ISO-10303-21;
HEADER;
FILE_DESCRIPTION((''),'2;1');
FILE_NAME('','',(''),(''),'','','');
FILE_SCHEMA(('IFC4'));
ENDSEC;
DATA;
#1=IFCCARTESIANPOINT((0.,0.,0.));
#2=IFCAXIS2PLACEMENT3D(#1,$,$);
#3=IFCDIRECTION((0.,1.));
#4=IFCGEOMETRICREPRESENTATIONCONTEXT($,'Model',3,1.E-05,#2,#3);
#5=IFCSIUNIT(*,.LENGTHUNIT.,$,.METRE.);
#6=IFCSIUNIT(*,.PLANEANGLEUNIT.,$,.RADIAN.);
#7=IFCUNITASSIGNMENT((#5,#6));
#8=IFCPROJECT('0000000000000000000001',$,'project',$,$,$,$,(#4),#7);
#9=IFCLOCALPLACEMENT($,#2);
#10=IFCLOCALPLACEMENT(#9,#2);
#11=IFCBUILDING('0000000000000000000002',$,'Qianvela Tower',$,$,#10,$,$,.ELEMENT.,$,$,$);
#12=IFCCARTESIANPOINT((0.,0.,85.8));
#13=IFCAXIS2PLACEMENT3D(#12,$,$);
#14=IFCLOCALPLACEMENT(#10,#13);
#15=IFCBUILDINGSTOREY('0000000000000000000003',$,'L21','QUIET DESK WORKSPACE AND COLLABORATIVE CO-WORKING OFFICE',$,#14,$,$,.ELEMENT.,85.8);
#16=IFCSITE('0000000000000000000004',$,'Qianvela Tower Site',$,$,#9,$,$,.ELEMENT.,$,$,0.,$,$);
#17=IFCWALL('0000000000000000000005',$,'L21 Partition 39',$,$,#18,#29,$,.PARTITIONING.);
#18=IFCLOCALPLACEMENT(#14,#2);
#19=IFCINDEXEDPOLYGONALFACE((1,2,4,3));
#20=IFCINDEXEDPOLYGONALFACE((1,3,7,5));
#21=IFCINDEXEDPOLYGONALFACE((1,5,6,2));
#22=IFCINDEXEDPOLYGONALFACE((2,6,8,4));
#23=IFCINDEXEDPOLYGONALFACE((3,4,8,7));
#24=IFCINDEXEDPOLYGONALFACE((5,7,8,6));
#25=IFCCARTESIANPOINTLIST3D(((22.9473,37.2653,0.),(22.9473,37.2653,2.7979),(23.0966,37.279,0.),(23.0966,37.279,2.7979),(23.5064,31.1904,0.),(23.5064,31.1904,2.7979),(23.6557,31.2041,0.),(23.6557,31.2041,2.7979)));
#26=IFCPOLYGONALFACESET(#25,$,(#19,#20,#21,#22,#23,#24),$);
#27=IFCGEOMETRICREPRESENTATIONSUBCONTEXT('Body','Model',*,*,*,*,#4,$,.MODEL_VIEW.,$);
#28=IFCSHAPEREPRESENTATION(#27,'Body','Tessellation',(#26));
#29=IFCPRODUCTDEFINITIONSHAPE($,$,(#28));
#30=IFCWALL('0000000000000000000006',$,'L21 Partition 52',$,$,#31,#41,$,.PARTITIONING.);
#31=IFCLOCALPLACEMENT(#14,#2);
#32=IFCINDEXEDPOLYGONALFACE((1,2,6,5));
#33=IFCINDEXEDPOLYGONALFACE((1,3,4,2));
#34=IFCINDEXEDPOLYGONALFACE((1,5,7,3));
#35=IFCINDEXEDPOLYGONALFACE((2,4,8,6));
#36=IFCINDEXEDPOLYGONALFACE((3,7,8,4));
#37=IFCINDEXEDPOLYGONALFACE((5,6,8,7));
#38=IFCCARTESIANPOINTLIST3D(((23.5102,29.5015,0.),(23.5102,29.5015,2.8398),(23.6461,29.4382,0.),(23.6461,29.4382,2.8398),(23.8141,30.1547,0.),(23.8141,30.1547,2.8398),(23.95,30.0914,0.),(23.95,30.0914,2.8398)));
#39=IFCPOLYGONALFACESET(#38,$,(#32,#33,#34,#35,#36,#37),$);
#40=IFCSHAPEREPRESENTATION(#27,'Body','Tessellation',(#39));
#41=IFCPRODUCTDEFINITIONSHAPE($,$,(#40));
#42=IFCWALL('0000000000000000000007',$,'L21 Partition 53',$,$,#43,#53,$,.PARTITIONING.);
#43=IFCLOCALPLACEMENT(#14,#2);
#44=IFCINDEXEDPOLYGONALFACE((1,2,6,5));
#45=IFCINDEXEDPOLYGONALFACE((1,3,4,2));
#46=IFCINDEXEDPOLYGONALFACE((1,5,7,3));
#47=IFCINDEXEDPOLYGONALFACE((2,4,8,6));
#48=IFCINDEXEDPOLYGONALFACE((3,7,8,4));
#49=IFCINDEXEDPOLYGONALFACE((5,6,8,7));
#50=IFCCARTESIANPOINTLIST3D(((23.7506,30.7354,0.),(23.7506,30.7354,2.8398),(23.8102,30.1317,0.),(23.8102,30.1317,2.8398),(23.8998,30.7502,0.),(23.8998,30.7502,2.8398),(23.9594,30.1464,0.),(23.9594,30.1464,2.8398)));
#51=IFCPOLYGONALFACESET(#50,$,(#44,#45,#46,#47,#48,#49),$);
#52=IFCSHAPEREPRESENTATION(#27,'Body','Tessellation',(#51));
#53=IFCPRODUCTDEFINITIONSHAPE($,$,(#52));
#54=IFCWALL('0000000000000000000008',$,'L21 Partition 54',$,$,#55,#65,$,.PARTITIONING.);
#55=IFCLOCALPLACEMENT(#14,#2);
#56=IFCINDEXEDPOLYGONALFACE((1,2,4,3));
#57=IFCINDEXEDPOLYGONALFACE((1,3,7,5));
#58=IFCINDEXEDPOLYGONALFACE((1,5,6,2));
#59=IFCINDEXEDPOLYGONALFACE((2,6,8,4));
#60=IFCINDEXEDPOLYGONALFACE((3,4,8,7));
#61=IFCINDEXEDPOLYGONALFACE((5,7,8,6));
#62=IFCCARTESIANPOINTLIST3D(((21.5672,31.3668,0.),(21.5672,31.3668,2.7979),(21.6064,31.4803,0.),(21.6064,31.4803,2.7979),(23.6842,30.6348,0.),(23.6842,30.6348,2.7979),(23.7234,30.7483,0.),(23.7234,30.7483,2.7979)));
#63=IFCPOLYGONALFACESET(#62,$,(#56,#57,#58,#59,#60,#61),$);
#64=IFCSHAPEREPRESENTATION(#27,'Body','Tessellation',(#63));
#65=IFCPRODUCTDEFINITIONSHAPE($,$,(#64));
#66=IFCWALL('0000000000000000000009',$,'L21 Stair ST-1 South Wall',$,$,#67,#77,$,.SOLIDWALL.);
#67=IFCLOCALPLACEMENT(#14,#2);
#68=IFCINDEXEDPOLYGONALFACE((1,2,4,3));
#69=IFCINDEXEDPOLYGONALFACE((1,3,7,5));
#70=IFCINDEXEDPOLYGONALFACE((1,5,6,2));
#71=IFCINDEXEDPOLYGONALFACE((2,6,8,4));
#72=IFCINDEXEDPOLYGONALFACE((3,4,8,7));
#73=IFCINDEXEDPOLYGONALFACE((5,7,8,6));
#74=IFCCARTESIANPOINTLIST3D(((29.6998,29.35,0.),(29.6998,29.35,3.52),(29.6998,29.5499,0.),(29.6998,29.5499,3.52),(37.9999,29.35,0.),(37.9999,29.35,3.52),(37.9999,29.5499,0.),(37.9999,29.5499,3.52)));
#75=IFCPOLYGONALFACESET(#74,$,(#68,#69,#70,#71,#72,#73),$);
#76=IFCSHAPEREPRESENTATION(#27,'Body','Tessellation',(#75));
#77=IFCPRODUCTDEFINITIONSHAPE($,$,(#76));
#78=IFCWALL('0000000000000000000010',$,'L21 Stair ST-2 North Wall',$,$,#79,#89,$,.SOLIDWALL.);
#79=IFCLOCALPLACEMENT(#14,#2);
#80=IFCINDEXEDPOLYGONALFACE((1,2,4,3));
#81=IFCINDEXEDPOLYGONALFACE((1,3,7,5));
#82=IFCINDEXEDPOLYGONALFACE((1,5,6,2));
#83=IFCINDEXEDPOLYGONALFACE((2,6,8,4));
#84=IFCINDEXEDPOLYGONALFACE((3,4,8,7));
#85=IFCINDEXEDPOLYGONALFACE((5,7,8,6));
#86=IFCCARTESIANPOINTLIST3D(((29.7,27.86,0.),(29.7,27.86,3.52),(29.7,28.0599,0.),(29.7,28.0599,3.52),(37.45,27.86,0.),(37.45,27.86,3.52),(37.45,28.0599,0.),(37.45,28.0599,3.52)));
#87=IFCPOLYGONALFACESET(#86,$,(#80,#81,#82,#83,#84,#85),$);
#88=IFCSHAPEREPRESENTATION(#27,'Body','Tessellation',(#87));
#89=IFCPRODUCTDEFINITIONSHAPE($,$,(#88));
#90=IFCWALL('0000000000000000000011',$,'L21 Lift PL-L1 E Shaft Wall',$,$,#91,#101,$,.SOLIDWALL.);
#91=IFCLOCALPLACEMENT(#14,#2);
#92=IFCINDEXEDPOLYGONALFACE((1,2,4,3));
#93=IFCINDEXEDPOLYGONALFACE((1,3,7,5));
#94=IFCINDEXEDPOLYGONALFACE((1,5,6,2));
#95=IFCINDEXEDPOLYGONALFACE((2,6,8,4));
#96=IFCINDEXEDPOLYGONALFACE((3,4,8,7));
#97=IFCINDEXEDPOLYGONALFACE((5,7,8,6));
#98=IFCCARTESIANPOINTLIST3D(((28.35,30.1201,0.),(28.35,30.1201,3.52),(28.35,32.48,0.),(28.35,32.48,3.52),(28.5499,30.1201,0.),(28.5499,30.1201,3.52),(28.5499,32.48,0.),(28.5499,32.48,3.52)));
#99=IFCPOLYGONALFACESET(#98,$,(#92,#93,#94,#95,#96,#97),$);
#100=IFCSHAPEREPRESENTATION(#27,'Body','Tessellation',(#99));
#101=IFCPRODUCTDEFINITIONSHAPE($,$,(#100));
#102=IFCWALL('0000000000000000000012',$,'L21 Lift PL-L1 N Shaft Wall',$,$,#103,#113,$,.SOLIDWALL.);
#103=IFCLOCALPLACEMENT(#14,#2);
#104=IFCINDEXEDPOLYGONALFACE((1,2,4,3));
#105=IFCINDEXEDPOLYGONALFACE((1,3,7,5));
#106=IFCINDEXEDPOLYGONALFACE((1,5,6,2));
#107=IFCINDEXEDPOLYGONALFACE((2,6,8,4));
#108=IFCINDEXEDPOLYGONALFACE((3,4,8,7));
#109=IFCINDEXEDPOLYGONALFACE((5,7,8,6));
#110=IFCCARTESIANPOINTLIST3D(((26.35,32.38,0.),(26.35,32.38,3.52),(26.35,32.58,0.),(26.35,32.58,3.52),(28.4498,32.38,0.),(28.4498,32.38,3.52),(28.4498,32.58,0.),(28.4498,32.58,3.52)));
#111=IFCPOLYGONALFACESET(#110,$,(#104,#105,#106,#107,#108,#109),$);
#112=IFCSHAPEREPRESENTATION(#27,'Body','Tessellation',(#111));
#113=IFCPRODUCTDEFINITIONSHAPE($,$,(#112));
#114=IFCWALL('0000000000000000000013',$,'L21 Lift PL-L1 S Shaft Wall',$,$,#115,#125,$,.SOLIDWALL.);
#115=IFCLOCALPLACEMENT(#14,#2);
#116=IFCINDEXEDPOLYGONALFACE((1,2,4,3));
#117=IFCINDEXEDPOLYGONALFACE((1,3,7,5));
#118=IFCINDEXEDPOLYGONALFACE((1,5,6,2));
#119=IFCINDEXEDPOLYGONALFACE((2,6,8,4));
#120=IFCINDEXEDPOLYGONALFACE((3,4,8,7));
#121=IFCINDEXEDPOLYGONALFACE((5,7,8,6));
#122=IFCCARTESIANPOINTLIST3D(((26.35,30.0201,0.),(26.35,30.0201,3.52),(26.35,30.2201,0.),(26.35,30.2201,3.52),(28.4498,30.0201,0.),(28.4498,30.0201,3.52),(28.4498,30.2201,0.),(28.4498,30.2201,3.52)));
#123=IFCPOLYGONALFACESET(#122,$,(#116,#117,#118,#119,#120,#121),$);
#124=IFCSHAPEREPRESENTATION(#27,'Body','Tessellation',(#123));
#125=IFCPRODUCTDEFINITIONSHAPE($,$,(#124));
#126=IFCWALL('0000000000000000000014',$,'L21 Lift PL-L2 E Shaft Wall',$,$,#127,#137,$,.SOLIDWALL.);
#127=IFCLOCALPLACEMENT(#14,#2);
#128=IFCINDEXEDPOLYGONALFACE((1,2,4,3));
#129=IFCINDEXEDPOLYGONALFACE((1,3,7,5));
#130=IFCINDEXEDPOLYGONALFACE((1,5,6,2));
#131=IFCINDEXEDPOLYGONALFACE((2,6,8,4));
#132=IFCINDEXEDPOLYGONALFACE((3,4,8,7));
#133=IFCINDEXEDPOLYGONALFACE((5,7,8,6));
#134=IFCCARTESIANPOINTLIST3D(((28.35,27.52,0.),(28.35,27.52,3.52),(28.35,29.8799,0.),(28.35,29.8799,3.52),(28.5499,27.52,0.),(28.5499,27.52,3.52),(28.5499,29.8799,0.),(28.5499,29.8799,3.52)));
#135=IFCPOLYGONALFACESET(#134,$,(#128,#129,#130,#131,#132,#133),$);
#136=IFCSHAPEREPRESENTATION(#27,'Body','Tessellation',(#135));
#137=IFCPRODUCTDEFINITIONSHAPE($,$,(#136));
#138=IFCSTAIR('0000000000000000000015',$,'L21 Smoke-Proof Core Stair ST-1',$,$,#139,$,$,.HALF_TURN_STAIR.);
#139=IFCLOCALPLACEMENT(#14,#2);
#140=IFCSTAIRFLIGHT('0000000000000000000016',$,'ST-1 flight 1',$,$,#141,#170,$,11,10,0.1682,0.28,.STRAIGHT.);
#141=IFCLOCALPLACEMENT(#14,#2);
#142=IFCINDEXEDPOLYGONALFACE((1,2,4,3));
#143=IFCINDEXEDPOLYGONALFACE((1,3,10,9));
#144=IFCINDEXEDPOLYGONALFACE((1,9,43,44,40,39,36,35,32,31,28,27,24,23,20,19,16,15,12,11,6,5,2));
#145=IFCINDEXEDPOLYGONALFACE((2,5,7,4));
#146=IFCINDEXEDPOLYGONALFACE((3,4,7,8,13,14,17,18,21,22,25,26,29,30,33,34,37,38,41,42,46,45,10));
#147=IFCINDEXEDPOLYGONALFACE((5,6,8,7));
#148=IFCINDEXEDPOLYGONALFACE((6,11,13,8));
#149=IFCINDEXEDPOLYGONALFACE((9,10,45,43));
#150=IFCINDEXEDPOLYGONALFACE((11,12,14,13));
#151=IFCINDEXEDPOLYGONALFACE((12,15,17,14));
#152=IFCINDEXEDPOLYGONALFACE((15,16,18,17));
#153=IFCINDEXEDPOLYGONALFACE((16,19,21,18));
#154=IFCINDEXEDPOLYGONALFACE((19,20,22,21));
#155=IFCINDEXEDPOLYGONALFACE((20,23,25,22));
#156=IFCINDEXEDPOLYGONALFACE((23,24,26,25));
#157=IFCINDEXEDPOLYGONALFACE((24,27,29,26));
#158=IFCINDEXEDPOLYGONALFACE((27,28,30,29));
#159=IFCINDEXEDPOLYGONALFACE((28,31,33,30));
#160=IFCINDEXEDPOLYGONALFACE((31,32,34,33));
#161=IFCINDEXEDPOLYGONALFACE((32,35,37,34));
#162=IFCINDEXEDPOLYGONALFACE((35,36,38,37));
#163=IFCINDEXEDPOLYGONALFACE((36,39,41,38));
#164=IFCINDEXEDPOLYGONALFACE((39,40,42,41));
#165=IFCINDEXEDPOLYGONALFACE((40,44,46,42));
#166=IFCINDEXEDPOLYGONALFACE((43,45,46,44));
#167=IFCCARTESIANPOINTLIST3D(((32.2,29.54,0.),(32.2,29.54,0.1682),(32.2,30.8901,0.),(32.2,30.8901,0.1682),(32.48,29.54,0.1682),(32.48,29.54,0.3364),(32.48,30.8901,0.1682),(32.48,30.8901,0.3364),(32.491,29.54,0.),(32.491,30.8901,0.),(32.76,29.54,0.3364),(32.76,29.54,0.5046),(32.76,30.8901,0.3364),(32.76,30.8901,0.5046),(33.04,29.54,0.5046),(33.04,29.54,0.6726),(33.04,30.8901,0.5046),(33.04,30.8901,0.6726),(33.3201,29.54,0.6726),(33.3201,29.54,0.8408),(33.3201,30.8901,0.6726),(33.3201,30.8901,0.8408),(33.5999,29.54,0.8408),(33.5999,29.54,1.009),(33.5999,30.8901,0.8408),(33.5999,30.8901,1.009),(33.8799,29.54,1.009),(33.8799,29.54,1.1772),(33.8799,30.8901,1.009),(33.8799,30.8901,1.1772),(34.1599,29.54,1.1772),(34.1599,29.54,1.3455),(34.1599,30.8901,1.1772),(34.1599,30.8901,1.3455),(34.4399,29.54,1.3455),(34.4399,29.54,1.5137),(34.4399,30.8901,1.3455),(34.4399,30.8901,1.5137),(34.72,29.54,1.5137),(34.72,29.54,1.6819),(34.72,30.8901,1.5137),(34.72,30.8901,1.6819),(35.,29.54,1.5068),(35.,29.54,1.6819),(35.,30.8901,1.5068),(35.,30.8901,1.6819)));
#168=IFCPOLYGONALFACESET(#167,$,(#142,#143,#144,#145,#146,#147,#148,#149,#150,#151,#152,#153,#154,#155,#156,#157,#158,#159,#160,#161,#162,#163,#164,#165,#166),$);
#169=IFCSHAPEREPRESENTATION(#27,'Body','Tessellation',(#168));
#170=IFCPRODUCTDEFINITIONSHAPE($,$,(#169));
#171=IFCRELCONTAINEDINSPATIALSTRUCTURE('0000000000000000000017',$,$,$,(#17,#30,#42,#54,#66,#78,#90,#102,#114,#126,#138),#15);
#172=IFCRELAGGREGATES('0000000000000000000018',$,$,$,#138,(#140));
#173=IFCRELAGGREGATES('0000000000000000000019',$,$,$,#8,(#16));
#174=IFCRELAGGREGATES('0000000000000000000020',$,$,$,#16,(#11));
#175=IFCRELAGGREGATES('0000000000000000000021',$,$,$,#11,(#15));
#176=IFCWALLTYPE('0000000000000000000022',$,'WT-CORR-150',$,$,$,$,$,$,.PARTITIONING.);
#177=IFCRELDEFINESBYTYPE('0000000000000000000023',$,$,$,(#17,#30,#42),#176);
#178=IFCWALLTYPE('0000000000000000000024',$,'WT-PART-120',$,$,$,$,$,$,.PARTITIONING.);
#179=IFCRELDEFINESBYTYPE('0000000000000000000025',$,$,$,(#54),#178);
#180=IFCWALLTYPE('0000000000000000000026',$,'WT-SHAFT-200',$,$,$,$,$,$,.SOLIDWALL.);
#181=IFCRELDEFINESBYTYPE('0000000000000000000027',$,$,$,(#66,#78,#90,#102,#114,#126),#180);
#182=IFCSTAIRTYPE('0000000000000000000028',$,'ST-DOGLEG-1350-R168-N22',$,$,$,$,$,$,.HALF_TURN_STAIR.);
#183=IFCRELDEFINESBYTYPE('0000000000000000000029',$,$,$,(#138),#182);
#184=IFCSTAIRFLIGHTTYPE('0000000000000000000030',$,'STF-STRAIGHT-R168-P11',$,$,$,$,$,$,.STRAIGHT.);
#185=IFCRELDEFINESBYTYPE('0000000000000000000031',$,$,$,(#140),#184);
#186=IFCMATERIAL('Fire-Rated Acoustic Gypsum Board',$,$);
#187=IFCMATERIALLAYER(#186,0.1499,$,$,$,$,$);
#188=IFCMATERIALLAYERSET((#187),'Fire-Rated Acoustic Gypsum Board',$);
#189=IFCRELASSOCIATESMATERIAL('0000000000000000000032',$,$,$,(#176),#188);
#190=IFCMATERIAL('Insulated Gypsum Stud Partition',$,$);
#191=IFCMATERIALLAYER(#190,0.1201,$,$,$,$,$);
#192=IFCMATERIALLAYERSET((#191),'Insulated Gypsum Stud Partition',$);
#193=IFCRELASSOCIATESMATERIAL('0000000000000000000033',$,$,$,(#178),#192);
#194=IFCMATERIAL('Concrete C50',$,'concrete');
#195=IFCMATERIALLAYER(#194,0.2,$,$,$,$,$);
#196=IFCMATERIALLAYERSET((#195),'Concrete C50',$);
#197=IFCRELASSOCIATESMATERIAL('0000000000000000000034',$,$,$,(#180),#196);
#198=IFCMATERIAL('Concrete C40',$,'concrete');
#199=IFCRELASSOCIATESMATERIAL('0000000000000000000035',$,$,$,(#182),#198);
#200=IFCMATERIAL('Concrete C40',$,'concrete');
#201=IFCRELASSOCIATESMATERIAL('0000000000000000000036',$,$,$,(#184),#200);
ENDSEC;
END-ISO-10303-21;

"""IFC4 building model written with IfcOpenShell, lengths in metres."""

from ifc_helpers import new_model, si_unit, direction, frame, frame_2d, origin, place, context, subcontext, project, spatial, polyline, rectangle, outline, extrude, material, layer, layer_set, type_object, element, aggregate, save


model = new_model("IFC4")

# Units and contexts
model_context = context("Model", 3, precision=1e-05, world=origin(), true_north=direction((0.0, 1.0)))
body_context = subcontext(model_context, "Body", "Model", "MODEL_VIEW")
ifc_project = project(units=[si_unit("LENGTHUNIT", "METRE"), si_unit("PLANEANGLEUNIT", "RADIAN")], contexts=[model_context])

# Site, building, storey
site_placement = place(None, origin())
site = spatial("IfcSite", under=ifc_project, at=site_placement, Name="Qianvela Tower Site", CompositionType="ELEMENT", RefElevation=0.0)
building_placement = place(site_placement, origin())
building = spatial("IfcBuilding", under=site, at=building_placement, Name="Qianvela Tower", CompositionType="ELEMENT")
storey_placement = place(building_placement, frame((0.0, 0.0, 85.8)))
storey = spatial("IfcBuildingStorey", under=building, at=storey_placement, Name="L21", Description="QUIET DESK WORKSPACE AND COLLABORATIVE CO-WORKING OFFICE", CompositionType="ELEMENT", Elevation=85.8)

# Walls
ifc_material_1 = material(Name="Fire-Rated Acoustic Gypsum Board")
ifc_layer_1 = layer(ifc_material_1, 0.1499)
ifc_layer_set_1 = layer_set([ifc_layer_1], Name="Fire-Rated Acoustic Gypsum Board")
wall_type_1 = type_object("IfcWallType", Name="WT-CORR-150", PredefinedType="PARTITIONING", material=ifc_layer_set_1)
wall_1_placement = place(storey_placement, frame((23.5811, 31.1973, 0.0), z_axis=(0.0, 0.0, 1.0), x_axis=(-0.091643, 0.995792, 0.0)))
element("IfcWall", 1, at=wall_1_placement, inside=storey, type_object=wall_type_1, Name="L21 Partition 39", PredefinedType="PARTITIONING", context=body_context, shape_type="SweptSolid", body=[
    extrude(rectangle(XDim=6.1006, YDim=0.1499, at=frame_2d((3.0503, 0.0))), origin(), (0.0, 0.0, 1.0), 2.7979),
])
wall_2_placement = place(storey_placement, frame((23.5781, 29.4697, 0.0), z_axis=(0.0, 0.0, 1.0), x_axis=(0.421828, 0.906676, 0.0)))
element("IfcWall", 2, at=wall_2_placement, inside=storey, type_object=wall_type_1, Name="L21 Partition 52", PredefinedType="PARTITIONING", context=body_context, shape_type="SweptSolid", body=[
    extrude(rectangle(XDim=0.7205, YDim=0.1499, at=frame_2d((0.3604, 0.0))), origin(), (0.0, 0.0, 1.0), 2.8398),
])
wall_3_placement = place(storey_placement, frame((23.8848, 30.1392, 0.0), z_axis=(0.0, 0.0, 1.0), x_axis=(-0.098189, 0.995168, 0.0)))
element("IfcWall", 3, at=wall_3_placement, inside=storey, type_object=wall_type_1, Name="L21 Partition 53", PredefinedType="PARTITIONING", context=body_context, shape_type="SweptSolid", body=[
    extrude(rectangle(XDim=0.6067, YDim=0.1499, at=frame_2d((0.3032, 0.0))), origin(), (0.0, 0.0, 1.0), 2.8398),
])
ifc_material_2 = material(Name="Insulated Gypsum Stud Partition")
ifc_layer_2 = layer(ifc_material_2, 0.1201)
ifc_layer_set_2 = layer_set([ifc_layer_2], Name="Insulated Gypsum Stud Partition")
wall_type_2 = type_object("IfcWallType", Name="WT-PART-120", PredefinedType="PARTITIONING", material=ifc_layer_set_2)
wall_4_placement = place(storey_placement, frame((21.5867, 31.4236, 0.0), z_axis=(0.0, 0.0, 1.0), x_axis=(0.945104, -0.32677, 0.0)))
element("IfcWall", 4, at=wall_4_placement, inside=storey, type_object=wall_type_2, Name="L21 Partition 54", PredefinedType="PARTITIONING", context=body_context, shape_type="SweptSolid", body=[
    extrude(rectangle(XDim=2.24, YDim=0.1201, at=frame_2d((1.1201, 0.0))), origin(), (0.0, 0.0, 1.0), 2.7979),
])
ifc_material_3 = material(Name="Concrete C50", Category="concrete")
ifc_layer_3 = layer(ifc_material_3, 0.2)
ifc_layer_set_3 = layer_set([ifc_layer_3], Name="Concrete C50")
wall_type_3 = type_object("IfcWallType", Name="WT-SHAFT-200", PredefinedType="SOLIDWALL", material=ifc_layer_set_3)
wall_5_placement = place(storey_placement, frame((29.7, 29.45, 0.0), z_axis=(0.0, 0.0, 1.0), x_axis=(1.0, 0.0, 0.0)))
element("IfcWall", 5, at=wall_5_placement, inside=storey, type_object=wall_type_3, Name="L21 Stair ST-1 South Wall", PredefinedType="SOLIDWALL", context=body_context, shape_type="SweptSolid", body=[
    extrude(rectangle(XDim=8.3, YDim=0.2, at=frame_2d((4.1499, 0.0))), origin(), (0.0, 0.0, 1.0), 3.52),
])
wall_6_placement = place(storey_placement, frame((29.7, 27.96, 0.0), z_axis=(0.0, 0.0, 1.0), x_axis=(1.0, 0.0, 0.0)))
element("IfcWall", 6, at=wall_6_placement, inside=storey, type_object=wall_type_3, Name="L21 Stair ST-2 North Wall", PredefinedType="SOLIDWALL", context=body_context, shape_type="SweptSolid", body=[
    extrude(rectangle(XDim=7.75, YDim=0.2, at=frame_2d((3.875, 0.0))), origin(), (0.0, 0.0, 1.0), 3.52),
])
wall_7_placement = place(storey_placement, frame((28.45, 30.1201, 0.0), z_axis=(0.0, 0.0, 1.0), x_axis=(0.0, 1.0, 0.0)))
element("IfcWall", 7, at=wall_7_placement, inside=storey, type_object=wall_type_3, Name="L21 Lift PL-L1 E Shaft Wall", PredefinedType="SOLIDWALL", context=body_context, shape_type="SweptSolid", body=[
    extrude(rectangle(XDim=2.3599, YDim=0.2, at=frame_2d((1.1799, 0.0))), origin(), (0.0, 0.0, 1.0), 3.52),
])

# Walls
for number, where, z_axis, x_axis, name in (
    (8, (26.3501, 32.48, 0.0), (0.0, 0.0, 1.0), (1.0, 0.0, 0.0), "L21 Lift PL-L1 N Shaft Wall"),
    (9, (26.3501, 30.1201, 0.0), (0.0, 0.0, 1.0), (1.0, 0.0, 0.0), "L21 Lift PL-L1 S Shaft Wall"),
):
    element("IfcWall", number, at=place(storey_placement, frame(where, z_axis=z_axis, x_axis=x_axis)), inside=storey, type_object=wall_type_3, Name=name, PredefinedType="SOLIDWALL", context=body_context, shape_type="SweptSolid", body=[
        extrude(rectangle(XDim=2.0999, YDim=0.2, at=frame_2d((1.0498, 0.0))), origin(), (0.0, 0.0, 1.0), 3.52),
    ])
wall_8_placement = place(storey_placement, frame((28.45, 27.52, 0.0), z_axis=(0.0, 0.0, 1.0), x_axis=(0.0, 1.0, 0.0)))
element("IfcWall", 10, at=wall_8_placement, inside=storey, type_object=wall_type_3, Name="L21 Lift PL-L2 E Shaft Wall", PredefinedType="SOLIDWALL", context=body_context, shape_type="SweptSolid", body=[
    extrude(rectangle(XDim=2.3599, YDim=0.2, at=frame_2d((1.1799, 0.0))), origin(), (0.0, 0.0, 1.0), 3.52),
])

# Stair, stair flight
ifc_material_4 = material(Name="Concrete C40", Category="concrete")
stair_type = type_object("IfcStairType", Name="ST-DOGLEG-1350-R168-N22", PredefinedType="HALF_TURN_STAIR", material=ifc_material_4)
stair_placement = place(storey_placement, origin())
stair = element("IfcStair", 11, at=stair_placement, inside=storey, type_object=stair_type, Name="L21 Smoke-Proof Core Stair ST-1", PredefinedType="HALF_TURN_STAIR")
ifc_material_5 = material(Name="Concrete C40", Category="concrete")
stair_flight_type = type_object("IfcStairFlightType", Name="STF-STRAIGHT-R168-P11", PredefinedType="STRAIGHT", material=ifc_material_5)
stair_flight_placement = place(storey_placement, frame((32.2, 30.2151, 0.0), z_axis=(0.0, 0.0, 1.0), x_axis=(1.0, 0.0, 0.0)))
stair_flight = element("IfcStairFlight", 12, at=stair_flight_placement, type_object=stair_flight_type, Name="ST-1 flight 1", NumberOfRisers=11, NumberOfTreads=10, PredefinedType="STRAIGHT", RiserHeight=0.1682, TreadLength=0.28, context=body_context, shape_type="SweptSolid", body=[
    extrude(outline(polyline([(0.0, 0.0), (0.0, 0.1682), (0.28, 0.1682), (0.28, 0.3364), (0.5601, 0.3364), (0.5601, 0.5046), (0.8401, 0.5046), (0.8401, 0.6726), (1.1201, 0.6726), (1.1201, 0.8408), (1.3999, 0.8408), (1.3999, 1.009), (1.6799, 1.009), (1.6799, 1.1772), (1.96, 1.1772), (1.96, 1.3455), (2.24, 1.3455), (2.24, 1.5137), (2.52, 1.5137), (2.52, 1.6819), (2.8, 1.6819), (2.8, 1.8501), (2.8, 1.5068), (0.291, 0.0), (0.0, 0.0)])), frame((0.0, 0.675, 0.0), z_axis=(0.0, -1.0, 0.0), x_axis=(1.0, 0.0, 0.0)), (0.0, 0.0, 1.0), 1.3501),
])
aggregate(stair, [stair_flight])

save(model, "model.ifc")
